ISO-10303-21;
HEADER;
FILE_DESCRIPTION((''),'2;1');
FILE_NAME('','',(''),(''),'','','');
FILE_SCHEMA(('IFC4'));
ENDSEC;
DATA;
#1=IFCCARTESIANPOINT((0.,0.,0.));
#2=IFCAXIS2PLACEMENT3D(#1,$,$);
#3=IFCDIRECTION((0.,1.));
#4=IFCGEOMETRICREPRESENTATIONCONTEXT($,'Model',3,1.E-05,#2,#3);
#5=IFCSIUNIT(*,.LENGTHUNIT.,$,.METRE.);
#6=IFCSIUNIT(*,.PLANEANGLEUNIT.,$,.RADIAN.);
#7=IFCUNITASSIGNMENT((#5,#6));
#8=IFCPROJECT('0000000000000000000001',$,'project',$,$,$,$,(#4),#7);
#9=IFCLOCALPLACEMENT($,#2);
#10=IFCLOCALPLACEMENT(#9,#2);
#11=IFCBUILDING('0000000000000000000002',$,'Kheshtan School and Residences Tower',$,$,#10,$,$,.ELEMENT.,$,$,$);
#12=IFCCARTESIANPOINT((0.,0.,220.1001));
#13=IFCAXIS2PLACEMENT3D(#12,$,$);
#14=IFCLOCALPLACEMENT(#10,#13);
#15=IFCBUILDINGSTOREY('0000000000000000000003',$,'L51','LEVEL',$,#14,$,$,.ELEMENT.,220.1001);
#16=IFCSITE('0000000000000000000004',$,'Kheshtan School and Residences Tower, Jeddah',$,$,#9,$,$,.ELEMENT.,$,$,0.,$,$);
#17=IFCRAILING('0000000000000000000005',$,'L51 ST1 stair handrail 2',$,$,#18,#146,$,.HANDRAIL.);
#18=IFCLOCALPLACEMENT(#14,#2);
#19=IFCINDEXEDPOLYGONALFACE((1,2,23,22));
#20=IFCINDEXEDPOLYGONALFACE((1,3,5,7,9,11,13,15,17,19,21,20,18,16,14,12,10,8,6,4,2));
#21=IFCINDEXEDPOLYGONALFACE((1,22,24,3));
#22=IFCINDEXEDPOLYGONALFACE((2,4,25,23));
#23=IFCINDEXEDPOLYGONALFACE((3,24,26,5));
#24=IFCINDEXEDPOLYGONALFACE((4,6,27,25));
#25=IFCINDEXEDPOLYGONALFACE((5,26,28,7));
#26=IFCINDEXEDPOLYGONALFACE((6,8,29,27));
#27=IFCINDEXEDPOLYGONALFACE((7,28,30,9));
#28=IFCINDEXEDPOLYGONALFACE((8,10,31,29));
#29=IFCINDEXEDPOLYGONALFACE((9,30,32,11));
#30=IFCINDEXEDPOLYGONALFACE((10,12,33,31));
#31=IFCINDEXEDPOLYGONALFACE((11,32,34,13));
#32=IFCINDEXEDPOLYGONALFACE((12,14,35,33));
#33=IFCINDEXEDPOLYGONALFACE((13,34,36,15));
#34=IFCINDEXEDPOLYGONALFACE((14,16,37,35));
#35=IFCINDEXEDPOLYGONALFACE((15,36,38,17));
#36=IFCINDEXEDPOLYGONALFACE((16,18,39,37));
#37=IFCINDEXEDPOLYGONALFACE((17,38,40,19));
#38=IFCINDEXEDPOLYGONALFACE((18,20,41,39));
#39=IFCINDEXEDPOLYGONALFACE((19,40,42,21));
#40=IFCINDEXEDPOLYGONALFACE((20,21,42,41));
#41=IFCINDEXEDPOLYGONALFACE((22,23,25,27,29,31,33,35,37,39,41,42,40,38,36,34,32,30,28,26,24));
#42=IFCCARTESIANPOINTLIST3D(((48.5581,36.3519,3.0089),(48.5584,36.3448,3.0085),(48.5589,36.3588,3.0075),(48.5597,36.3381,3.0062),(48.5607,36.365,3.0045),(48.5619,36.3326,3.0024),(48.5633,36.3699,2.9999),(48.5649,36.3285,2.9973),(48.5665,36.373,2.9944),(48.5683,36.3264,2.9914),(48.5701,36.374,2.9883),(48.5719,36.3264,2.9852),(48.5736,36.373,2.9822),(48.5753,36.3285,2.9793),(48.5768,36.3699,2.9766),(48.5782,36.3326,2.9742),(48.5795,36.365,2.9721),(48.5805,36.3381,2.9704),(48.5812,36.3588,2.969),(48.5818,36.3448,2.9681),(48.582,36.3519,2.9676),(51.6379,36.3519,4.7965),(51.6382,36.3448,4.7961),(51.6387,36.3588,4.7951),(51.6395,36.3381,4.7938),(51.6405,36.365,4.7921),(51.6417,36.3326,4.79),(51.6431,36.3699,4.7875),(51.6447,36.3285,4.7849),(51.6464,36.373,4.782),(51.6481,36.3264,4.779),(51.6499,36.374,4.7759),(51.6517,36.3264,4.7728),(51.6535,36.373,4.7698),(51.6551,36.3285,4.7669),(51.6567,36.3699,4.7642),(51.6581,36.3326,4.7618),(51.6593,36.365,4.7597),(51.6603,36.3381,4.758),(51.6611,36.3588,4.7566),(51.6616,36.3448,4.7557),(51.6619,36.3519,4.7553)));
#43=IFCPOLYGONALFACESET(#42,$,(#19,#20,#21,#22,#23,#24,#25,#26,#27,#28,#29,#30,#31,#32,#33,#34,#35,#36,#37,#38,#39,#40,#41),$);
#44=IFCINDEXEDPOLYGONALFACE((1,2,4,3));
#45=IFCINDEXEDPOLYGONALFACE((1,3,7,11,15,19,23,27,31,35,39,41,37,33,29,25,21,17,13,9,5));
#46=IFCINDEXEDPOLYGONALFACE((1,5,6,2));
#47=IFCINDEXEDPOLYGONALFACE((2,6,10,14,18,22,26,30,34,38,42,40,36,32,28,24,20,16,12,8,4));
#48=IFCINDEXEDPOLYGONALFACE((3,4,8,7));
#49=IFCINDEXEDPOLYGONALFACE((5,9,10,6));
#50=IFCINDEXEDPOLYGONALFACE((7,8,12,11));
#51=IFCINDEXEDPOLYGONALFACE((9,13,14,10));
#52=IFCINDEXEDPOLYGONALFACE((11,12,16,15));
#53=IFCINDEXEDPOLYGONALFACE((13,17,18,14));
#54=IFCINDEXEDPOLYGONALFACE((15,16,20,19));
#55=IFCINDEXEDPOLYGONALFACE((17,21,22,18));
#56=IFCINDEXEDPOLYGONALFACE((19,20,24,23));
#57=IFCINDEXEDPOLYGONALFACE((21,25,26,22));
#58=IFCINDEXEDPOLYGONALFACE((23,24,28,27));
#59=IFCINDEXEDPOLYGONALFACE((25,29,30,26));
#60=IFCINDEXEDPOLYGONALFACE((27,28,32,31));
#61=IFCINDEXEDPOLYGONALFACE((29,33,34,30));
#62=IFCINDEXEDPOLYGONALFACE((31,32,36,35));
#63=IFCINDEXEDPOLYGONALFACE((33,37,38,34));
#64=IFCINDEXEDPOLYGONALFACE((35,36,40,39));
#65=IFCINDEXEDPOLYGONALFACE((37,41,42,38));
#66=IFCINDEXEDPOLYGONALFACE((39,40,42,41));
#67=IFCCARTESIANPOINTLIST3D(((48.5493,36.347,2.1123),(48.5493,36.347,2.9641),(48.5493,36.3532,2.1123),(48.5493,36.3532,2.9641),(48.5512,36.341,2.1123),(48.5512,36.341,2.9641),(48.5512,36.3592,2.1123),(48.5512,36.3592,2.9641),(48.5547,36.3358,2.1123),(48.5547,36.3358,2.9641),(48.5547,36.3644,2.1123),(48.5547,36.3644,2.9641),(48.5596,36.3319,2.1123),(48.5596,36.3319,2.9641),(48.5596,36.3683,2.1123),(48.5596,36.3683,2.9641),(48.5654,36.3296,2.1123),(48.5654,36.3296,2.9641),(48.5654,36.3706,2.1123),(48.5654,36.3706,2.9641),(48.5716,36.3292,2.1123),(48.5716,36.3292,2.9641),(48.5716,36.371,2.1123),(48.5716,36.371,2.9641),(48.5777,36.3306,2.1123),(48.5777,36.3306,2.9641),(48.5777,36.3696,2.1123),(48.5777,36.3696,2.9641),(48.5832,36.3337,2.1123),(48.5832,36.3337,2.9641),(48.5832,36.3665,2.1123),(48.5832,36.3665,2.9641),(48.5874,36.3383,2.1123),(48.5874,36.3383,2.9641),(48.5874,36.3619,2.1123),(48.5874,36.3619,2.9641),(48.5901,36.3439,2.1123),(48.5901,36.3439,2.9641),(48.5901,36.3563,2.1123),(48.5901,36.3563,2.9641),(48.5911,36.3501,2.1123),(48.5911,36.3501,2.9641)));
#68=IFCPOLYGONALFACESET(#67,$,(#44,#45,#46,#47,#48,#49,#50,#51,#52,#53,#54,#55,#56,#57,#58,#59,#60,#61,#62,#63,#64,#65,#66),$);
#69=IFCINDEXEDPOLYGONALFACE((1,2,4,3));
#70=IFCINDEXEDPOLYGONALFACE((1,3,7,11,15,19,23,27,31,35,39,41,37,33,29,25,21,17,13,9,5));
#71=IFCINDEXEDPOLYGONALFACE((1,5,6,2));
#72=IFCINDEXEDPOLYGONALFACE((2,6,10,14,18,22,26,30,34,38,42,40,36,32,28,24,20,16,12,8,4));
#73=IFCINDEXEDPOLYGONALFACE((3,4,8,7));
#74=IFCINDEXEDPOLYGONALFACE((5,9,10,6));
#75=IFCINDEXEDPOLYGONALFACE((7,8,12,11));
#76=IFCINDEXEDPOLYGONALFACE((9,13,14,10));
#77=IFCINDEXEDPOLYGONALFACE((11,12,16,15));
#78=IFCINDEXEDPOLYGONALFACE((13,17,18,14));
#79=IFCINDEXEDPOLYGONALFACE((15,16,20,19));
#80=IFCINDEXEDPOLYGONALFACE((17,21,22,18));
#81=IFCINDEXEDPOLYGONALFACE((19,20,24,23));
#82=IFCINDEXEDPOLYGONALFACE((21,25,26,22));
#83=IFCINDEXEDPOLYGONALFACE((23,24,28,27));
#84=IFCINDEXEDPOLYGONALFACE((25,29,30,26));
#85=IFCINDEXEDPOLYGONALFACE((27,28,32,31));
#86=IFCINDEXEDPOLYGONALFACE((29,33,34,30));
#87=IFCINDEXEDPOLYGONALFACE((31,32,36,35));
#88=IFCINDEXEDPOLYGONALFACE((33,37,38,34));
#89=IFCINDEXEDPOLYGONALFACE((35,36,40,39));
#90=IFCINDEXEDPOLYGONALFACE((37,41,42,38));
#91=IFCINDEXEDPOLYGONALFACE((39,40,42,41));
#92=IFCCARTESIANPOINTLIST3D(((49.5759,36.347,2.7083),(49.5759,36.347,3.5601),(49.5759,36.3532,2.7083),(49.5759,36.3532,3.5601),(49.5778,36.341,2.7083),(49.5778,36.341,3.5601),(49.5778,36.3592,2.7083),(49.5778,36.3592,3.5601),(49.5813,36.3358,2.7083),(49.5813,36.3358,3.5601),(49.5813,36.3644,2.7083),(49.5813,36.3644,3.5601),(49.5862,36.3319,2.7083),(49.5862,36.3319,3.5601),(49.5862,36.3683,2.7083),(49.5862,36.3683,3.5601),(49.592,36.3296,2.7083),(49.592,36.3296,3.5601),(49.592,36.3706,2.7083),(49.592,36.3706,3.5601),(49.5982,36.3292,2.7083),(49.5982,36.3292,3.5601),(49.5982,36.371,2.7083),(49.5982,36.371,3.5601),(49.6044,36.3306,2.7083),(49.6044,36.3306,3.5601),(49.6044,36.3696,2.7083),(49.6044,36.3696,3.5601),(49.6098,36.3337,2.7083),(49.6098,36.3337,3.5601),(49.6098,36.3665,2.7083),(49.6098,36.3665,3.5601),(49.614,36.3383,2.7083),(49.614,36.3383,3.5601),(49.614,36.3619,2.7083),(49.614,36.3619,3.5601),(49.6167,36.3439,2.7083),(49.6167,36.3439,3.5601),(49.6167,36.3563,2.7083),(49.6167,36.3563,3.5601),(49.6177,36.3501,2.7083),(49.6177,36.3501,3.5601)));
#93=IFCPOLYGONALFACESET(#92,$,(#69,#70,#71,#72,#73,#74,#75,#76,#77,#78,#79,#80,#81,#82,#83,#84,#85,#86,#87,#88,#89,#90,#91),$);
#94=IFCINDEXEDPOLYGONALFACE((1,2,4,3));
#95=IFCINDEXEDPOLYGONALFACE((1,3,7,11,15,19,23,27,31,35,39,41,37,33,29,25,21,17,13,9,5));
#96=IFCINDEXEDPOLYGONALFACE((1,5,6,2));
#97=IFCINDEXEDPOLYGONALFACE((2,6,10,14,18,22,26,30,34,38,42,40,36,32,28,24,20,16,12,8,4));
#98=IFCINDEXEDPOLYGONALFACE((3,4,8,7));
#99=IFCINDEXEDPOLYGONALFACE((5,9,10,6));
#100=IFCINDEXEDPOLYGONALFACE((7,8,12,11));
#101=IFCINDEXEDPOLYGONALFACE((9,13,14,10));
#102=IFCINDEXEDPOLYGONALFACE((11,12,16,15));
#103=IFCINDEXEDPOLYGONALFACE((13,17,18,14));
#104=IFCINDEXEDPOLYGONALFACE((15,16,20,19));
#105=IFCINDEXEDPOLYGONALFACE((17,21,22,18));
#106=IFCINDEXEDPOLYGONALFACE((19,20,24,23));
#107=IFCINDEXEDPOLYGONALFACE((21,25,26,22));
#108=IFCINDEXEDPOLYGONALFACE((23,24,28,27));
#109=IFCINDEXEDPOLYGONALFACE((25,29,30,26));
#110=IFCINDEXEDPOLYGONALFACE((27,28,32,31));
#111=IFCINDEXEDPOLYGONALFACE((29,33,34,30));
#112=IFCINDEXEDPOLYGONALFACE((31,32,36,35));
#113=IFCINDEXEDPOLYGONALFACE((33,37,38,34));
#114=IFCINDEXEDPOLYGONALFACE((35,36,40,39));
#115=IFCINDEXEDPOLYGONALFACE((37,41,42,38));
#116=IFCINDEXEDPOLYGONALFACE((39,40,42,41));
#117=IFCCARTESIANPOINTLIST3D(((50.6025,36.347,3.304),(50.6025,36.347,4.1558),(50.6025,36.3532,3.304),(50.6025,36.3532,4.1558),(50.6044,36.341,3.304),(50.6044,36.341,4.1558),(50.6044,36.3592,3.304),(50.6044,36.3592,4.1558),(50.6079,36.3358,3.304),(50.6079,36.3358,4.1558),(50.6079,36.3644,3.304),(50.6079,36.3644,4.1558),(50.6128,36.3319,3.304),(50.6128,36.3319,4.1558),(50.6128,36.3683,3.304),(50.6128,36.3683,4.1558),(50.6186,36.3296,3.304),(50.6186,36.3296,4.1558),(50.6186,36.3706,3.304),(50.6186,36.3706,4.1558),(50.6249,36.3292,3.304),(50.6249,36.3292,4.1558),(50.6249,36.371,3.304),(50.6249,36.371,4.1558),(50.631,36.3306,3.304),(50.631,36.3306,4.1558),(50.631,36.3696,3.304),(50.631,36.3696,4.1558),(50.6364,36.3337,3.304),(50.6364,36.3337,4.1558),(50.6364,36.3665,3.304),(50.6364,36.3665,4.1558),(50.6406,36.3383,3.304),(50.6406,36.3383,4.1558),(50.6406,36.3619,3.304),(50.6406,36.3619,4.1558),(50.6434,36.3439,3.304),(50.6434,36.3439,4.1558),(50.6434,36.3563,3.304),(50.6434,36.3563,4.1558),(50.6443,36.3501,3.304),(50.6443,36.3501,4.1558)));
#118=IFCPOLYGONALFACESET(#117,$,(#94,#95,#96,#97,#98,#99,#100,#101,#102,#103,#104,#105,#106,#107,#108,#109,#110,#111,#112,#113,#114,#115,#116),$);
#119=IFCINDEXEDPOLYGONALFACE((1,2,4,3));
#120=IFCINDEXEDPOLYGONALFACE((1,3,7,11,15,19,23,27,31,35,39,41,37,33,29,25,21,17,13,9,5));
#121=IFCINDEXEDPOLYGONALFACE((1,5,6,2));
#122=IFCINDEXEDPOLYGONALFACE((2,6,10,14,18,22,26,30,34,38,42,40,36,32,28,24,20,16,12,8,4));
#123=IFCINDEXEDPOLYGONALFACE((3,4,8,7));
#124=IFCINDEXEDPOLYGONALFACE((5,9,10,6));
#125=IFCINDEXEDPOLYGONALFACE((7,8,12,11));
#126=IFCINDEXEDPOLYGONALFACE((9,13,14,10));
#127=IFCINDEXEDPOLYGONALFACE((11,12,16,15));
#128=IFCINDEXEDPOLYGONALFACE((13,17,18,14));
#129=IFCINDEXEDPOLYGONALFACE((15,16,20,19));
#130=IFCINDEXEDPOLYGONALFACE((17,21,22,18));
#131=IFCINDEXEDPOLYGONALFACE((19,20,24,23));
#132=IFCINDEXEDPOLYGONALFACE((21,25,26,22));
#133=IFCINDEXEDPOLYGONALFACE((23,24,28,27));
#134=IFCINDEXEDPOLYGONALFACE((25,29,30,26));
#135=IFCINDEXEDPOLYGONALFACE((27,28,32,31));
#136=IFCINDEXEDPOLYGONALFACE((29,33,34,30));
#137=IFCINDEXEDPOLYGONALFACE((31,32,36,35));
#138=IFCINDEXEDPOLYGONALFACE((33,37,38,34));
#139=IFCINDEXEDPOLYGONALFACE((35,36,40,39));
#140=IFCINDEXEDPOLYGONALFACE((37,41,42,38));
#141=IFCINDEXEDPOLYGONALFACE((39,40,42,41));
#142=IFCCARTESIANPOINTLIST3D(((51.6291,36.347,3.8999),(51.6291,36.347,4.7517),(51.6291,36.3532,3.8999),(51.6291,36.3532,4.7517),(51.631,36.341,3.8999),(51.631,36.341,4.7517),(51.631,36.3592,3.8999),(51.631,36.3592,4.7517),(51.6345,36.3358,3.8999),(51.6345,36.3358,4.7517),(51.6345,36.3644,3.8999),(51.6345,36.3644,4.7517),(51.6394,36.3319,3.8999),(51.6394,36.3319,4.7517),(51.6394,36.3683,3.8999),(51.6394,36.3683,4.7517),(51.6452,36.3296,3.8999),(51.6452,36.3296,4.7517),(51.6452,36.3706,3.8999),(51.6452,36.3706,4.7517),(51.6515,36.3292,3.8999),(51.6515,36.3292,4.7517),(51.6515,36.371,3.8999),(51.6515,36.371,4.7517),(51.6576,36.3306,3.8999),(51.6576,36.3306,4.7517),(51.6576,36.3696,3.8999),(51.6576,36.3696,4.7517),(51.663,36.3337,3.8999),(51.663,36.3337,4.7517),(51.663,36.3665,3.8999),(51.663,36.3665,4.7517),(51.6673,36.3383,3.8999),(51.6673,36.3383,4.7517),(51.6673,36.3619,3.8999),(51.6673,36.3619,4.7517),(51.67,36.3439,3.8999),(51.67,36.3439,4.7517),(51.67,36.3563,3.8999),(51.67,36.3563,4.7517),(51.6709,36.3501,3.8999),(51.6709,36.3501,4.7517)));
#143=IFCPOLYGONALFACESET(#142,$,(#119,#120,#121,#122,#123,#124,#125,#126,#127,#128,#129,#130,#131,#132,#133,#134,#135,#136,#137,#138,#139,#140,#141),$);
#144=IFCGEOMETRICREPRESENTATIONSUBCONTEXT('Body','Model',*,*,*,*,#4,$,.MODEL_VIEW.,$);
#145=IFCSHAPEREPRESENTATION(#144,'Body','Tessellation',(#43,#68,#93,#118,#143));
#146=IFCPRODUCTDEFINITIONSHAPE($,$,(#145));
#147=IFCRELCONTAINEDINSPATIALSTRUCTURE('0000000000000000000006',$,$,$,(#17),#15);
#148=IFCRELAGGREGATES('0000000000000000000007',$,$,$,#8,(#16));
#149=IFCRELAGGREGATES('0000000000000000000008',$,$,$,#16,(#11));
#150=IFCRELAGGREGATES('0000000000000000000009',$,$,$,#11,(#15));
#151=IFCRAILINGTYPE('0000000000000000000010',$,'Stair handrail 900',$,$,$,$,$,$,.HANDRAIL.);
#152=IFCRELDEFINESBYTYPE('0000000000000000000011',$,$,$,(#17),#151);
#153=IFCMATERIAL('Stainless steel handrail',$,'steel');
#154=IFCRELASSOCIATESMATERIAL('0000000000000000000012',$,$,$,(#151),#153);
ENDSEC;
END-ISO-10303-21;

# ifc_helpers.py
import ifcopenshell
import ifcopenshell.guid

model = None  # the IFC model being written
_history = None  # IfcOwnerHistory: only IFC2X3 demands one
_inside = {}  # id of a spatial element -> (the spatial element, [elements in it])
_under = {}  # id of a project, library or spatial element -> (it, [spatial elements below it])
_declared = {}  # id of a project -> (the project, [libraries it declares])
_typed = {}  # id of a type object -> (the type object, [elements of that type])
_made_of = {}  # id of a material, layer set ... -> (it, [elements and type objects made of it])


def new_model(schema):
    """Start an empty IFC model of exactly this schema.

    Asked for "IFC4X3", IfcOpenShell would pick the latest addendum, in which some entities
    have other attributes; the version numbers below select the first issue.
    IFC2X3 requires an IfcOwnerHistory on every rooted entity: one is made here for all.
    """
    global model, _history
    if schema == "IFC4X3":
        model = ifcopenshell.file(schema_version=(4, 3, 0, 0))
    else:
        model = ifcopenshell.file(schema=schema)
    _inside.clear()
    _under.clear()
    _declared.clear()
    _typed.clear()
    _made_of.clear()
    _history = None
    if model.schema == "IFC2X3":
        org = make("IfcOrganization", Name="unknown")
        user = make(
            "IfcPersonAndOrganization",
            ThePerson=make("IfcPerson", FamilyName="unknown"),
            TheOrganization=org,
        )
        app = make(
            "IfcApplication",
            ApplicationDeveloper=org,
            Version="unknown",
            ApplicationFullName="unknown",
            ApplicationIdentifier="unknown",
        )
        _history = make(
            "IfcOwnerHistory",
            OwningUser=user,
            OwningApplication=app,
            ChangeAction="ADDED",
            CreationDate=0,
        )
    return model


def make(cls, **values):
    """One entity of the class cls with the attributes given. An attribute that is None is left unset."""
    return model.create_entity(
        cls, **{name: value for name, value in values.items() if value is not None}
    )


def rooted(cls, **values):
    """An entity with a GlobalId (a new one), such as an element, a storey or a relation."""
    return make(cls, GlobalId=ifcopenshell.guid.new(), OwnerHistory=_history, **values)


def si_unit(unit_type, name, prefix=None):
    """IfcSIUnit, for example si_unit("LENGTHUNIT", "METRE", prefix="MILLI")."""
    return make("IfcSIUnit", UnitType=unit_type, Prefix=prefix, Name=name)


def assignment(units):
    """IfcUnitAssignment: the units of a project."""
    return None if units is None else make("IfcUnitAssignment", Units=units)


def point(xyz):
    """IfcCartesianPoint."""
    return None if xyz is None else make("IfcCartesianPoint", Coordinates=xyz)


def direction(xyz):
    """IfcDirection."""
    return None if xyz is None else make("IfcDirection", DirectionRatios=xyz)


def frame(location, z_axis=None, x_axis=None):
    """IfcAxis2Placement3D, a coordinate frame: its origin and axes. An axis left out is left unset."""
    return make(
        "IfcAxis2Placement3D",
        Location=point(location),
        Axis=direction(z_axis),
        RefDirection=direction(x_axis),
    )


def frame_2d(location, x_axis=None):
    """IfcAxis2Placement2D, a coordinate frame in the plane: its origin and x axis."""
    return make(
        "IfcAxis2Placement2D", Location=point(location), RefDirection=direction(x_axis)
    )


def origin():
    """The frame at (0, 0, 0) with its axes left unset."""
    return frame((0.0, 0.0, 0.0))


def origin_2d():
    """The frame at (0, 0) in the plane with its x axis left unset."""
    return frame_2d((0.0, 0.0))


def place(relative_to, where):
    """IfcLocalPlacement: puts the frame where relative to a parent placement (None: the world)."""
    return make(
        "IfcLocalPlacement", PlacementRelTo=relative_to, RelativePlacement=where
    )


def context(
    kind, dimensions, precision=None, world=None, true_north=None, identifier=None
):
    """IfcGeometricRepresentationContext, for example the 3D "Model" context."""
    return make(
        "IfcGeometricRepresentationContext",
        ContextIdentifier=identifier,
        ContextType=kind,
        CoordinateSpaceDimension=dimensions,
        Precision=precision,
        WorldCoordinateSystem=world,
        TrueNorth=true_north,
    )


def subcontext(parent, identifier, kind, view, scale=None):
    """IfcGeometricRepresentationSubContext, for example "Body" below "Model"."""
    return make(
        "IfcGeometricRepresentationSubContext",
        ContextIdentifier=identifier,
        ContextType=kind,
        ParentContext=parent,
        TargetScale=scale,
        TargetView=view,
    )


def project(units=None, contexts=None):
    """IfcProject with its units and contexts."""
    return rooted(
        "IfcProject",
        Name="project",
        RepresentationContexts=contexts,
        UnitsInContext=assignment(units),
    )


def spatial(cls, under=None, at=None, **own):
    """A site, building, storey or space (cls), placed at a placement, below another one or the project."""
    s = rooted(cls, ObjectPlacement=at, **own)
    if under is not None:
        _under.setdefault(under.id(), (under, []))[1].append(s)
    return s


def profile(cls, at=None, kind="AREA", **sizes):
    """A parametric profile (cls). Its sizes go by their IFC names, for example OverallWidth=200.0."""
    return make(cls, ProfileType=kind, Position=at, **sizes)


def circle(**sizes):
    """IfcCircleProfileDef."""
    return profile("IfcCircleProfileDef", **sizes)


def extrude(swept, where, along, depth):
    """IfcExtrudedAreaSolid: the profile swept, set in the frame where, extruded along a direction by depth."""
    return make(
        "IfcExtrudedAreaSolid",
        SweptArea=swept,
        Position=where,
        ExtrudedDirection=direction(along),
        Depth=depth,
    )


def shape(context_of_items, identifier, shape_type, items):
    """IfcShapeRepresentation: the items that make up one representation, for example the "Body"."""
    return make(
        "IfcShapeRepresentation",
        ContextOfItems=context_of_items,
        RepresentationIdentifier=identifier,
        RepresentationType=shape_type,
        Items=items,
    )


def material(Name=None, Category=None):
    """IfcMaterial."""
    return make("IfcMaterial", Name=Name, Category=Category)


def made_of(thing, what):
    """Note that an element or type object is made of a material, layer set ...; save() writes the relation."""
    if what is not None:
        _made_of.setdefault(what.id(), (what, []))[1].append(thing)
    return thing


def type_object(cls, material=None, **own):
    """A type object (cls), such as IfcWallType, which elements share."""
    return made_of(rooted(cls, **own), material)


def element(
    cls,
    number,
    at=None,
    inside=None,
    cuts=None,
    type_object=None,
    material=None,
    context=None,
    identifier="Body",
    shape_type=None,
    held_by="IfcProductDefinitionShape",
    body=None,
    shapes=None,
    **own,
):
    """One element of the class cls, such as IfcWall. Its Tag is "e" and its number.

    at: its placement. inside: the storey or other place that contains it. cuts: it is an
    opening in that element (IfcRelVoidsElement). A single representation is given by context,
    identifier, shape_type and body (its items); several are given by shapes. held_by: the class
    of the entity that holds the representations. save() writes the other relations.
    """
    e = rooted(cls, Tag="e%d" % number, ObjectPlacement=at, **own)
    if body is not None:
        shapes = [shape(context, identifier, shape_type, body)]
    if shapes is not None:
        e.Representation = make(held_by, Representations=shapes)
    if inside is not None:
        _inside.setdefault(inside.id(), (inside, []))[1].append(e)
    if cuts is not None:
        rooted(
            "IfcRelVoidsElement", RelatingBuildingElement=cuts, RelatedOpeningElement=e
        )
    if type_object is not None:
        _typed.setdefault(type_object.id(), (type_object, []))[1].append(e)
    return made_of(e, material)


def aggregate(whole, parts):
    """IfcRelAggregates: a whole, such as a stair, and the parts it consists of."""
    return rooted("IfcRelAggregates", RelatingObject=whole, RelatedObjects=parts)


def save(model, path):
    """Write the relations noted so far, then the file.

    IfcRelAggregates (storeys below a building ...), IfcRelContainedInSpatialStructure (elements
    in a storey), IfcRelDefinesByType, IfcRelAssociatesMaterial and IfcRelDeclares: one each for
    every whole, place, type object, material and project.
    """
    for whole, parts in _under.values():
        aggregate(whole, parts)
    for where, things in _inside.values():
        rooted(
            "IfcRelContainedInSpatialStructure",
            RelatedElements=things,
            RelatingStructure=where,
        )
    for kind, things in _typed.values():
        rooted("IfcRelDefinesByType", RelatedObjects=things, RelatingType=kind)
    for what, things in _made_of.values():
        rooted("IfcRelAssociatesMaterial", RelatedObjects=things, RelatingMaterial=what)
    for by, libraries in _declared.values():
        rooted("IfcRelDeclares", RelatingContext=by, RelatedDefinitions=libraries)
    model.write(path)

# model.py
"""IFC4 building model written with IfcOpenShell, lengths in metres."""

from ifc_helpers import new_model, si_unit, direction, frame, origin, origin_2d, place, context, subcontext, project, spatial, circle, extrude, material, type_object, element, save


model = new_model("IFC4")

# Units and contexts
model_context = context("Model", 3, precision=1e-05, world=origin(), true_north=direction((0.0, 1.0)))
body_context = subcontext(model_context, "Body", "Model", "MODEL_VIEW")
ifc_project = project(units=[si_unit("LENGTHUNIT", "METRE"), si_unit("PLANEANGLEUNIT", "RADIAN")], contexts=[model_context])

# Site, building, storey
site_placement = place(None, origin())
site = spatial("IfcSite", under=ifc_project, at=site_placement, Name="Kheshtan School and Residences Tower, Jeddah", CompositionType="ELEMENT", RefElevation=0.0)
building_placement = place(site_placement, origin())
building = spatial("IfcBuilding", under=site, at=building_placement, Name="Kheshtan School and Residences Tower", CompositionType="ELEMENT")
storey_placement = place(building_placement, frame((0.0, 0.0, 220.1001)))
storey = spatial("IfcBuildingStorey", under=building, at=storey_placement, Name="L51", Description="LEVEL", CompositionType="ELEMENT", Elevation=220.1001)

# Railing
ifc_material_1 = material(Name="Stainless steel handrail", Category="steel")
railing_type_1 = type_object("IfcRailingType", Name="Stair handrail 900", PredefinedType="HANDRAIL", material=ifc_material_1)
railing_1_placement = place(storey_placement, frame((48.5701, 36.3501, 2.1123)))
element("IfcRailing", 1, at=railing_1_placement, inside=storey, type_object=railing_type_1, Name="L51 ST1 stair handrail 2", PredefinedType="HANDRAIL", context=body_context, shape_type="SweptSolid", body=[
    extrude(circle(Radius=0.0239, at=origin_2d()), frame((0.0, 0.0, 0.876), z_axis=(0.864873, 0.0, 0.50199), x_axis=(0.0, 1.0, 0.0)), (0.0, 0.0, 1.0), 3.561),
    extrude(circle(Radius=0.021, at=origin_2d()), origin(), (0.0, 0.0, 1.0), 0.8518),
    extrude(circle(Radius=0.021, at=origin_2d()), frame((1.0266, 0.0, 0.5959)), (0.0, 0.0, 1.0), 0.8518),
    extrude(circle(Radius=0.021, at=origin_2d()), frame((2.0532, 0.0, 1.1917)), (0.0, 0.0, 1.0), 0.8518),
    extrude(circle(Radius=0.021, at=origin_2d()), frame((3.0798, 0.0, 1.7876)), (0.0, 0.0, 1.0), 0.8518),
])

save(model, "model.ifc")
